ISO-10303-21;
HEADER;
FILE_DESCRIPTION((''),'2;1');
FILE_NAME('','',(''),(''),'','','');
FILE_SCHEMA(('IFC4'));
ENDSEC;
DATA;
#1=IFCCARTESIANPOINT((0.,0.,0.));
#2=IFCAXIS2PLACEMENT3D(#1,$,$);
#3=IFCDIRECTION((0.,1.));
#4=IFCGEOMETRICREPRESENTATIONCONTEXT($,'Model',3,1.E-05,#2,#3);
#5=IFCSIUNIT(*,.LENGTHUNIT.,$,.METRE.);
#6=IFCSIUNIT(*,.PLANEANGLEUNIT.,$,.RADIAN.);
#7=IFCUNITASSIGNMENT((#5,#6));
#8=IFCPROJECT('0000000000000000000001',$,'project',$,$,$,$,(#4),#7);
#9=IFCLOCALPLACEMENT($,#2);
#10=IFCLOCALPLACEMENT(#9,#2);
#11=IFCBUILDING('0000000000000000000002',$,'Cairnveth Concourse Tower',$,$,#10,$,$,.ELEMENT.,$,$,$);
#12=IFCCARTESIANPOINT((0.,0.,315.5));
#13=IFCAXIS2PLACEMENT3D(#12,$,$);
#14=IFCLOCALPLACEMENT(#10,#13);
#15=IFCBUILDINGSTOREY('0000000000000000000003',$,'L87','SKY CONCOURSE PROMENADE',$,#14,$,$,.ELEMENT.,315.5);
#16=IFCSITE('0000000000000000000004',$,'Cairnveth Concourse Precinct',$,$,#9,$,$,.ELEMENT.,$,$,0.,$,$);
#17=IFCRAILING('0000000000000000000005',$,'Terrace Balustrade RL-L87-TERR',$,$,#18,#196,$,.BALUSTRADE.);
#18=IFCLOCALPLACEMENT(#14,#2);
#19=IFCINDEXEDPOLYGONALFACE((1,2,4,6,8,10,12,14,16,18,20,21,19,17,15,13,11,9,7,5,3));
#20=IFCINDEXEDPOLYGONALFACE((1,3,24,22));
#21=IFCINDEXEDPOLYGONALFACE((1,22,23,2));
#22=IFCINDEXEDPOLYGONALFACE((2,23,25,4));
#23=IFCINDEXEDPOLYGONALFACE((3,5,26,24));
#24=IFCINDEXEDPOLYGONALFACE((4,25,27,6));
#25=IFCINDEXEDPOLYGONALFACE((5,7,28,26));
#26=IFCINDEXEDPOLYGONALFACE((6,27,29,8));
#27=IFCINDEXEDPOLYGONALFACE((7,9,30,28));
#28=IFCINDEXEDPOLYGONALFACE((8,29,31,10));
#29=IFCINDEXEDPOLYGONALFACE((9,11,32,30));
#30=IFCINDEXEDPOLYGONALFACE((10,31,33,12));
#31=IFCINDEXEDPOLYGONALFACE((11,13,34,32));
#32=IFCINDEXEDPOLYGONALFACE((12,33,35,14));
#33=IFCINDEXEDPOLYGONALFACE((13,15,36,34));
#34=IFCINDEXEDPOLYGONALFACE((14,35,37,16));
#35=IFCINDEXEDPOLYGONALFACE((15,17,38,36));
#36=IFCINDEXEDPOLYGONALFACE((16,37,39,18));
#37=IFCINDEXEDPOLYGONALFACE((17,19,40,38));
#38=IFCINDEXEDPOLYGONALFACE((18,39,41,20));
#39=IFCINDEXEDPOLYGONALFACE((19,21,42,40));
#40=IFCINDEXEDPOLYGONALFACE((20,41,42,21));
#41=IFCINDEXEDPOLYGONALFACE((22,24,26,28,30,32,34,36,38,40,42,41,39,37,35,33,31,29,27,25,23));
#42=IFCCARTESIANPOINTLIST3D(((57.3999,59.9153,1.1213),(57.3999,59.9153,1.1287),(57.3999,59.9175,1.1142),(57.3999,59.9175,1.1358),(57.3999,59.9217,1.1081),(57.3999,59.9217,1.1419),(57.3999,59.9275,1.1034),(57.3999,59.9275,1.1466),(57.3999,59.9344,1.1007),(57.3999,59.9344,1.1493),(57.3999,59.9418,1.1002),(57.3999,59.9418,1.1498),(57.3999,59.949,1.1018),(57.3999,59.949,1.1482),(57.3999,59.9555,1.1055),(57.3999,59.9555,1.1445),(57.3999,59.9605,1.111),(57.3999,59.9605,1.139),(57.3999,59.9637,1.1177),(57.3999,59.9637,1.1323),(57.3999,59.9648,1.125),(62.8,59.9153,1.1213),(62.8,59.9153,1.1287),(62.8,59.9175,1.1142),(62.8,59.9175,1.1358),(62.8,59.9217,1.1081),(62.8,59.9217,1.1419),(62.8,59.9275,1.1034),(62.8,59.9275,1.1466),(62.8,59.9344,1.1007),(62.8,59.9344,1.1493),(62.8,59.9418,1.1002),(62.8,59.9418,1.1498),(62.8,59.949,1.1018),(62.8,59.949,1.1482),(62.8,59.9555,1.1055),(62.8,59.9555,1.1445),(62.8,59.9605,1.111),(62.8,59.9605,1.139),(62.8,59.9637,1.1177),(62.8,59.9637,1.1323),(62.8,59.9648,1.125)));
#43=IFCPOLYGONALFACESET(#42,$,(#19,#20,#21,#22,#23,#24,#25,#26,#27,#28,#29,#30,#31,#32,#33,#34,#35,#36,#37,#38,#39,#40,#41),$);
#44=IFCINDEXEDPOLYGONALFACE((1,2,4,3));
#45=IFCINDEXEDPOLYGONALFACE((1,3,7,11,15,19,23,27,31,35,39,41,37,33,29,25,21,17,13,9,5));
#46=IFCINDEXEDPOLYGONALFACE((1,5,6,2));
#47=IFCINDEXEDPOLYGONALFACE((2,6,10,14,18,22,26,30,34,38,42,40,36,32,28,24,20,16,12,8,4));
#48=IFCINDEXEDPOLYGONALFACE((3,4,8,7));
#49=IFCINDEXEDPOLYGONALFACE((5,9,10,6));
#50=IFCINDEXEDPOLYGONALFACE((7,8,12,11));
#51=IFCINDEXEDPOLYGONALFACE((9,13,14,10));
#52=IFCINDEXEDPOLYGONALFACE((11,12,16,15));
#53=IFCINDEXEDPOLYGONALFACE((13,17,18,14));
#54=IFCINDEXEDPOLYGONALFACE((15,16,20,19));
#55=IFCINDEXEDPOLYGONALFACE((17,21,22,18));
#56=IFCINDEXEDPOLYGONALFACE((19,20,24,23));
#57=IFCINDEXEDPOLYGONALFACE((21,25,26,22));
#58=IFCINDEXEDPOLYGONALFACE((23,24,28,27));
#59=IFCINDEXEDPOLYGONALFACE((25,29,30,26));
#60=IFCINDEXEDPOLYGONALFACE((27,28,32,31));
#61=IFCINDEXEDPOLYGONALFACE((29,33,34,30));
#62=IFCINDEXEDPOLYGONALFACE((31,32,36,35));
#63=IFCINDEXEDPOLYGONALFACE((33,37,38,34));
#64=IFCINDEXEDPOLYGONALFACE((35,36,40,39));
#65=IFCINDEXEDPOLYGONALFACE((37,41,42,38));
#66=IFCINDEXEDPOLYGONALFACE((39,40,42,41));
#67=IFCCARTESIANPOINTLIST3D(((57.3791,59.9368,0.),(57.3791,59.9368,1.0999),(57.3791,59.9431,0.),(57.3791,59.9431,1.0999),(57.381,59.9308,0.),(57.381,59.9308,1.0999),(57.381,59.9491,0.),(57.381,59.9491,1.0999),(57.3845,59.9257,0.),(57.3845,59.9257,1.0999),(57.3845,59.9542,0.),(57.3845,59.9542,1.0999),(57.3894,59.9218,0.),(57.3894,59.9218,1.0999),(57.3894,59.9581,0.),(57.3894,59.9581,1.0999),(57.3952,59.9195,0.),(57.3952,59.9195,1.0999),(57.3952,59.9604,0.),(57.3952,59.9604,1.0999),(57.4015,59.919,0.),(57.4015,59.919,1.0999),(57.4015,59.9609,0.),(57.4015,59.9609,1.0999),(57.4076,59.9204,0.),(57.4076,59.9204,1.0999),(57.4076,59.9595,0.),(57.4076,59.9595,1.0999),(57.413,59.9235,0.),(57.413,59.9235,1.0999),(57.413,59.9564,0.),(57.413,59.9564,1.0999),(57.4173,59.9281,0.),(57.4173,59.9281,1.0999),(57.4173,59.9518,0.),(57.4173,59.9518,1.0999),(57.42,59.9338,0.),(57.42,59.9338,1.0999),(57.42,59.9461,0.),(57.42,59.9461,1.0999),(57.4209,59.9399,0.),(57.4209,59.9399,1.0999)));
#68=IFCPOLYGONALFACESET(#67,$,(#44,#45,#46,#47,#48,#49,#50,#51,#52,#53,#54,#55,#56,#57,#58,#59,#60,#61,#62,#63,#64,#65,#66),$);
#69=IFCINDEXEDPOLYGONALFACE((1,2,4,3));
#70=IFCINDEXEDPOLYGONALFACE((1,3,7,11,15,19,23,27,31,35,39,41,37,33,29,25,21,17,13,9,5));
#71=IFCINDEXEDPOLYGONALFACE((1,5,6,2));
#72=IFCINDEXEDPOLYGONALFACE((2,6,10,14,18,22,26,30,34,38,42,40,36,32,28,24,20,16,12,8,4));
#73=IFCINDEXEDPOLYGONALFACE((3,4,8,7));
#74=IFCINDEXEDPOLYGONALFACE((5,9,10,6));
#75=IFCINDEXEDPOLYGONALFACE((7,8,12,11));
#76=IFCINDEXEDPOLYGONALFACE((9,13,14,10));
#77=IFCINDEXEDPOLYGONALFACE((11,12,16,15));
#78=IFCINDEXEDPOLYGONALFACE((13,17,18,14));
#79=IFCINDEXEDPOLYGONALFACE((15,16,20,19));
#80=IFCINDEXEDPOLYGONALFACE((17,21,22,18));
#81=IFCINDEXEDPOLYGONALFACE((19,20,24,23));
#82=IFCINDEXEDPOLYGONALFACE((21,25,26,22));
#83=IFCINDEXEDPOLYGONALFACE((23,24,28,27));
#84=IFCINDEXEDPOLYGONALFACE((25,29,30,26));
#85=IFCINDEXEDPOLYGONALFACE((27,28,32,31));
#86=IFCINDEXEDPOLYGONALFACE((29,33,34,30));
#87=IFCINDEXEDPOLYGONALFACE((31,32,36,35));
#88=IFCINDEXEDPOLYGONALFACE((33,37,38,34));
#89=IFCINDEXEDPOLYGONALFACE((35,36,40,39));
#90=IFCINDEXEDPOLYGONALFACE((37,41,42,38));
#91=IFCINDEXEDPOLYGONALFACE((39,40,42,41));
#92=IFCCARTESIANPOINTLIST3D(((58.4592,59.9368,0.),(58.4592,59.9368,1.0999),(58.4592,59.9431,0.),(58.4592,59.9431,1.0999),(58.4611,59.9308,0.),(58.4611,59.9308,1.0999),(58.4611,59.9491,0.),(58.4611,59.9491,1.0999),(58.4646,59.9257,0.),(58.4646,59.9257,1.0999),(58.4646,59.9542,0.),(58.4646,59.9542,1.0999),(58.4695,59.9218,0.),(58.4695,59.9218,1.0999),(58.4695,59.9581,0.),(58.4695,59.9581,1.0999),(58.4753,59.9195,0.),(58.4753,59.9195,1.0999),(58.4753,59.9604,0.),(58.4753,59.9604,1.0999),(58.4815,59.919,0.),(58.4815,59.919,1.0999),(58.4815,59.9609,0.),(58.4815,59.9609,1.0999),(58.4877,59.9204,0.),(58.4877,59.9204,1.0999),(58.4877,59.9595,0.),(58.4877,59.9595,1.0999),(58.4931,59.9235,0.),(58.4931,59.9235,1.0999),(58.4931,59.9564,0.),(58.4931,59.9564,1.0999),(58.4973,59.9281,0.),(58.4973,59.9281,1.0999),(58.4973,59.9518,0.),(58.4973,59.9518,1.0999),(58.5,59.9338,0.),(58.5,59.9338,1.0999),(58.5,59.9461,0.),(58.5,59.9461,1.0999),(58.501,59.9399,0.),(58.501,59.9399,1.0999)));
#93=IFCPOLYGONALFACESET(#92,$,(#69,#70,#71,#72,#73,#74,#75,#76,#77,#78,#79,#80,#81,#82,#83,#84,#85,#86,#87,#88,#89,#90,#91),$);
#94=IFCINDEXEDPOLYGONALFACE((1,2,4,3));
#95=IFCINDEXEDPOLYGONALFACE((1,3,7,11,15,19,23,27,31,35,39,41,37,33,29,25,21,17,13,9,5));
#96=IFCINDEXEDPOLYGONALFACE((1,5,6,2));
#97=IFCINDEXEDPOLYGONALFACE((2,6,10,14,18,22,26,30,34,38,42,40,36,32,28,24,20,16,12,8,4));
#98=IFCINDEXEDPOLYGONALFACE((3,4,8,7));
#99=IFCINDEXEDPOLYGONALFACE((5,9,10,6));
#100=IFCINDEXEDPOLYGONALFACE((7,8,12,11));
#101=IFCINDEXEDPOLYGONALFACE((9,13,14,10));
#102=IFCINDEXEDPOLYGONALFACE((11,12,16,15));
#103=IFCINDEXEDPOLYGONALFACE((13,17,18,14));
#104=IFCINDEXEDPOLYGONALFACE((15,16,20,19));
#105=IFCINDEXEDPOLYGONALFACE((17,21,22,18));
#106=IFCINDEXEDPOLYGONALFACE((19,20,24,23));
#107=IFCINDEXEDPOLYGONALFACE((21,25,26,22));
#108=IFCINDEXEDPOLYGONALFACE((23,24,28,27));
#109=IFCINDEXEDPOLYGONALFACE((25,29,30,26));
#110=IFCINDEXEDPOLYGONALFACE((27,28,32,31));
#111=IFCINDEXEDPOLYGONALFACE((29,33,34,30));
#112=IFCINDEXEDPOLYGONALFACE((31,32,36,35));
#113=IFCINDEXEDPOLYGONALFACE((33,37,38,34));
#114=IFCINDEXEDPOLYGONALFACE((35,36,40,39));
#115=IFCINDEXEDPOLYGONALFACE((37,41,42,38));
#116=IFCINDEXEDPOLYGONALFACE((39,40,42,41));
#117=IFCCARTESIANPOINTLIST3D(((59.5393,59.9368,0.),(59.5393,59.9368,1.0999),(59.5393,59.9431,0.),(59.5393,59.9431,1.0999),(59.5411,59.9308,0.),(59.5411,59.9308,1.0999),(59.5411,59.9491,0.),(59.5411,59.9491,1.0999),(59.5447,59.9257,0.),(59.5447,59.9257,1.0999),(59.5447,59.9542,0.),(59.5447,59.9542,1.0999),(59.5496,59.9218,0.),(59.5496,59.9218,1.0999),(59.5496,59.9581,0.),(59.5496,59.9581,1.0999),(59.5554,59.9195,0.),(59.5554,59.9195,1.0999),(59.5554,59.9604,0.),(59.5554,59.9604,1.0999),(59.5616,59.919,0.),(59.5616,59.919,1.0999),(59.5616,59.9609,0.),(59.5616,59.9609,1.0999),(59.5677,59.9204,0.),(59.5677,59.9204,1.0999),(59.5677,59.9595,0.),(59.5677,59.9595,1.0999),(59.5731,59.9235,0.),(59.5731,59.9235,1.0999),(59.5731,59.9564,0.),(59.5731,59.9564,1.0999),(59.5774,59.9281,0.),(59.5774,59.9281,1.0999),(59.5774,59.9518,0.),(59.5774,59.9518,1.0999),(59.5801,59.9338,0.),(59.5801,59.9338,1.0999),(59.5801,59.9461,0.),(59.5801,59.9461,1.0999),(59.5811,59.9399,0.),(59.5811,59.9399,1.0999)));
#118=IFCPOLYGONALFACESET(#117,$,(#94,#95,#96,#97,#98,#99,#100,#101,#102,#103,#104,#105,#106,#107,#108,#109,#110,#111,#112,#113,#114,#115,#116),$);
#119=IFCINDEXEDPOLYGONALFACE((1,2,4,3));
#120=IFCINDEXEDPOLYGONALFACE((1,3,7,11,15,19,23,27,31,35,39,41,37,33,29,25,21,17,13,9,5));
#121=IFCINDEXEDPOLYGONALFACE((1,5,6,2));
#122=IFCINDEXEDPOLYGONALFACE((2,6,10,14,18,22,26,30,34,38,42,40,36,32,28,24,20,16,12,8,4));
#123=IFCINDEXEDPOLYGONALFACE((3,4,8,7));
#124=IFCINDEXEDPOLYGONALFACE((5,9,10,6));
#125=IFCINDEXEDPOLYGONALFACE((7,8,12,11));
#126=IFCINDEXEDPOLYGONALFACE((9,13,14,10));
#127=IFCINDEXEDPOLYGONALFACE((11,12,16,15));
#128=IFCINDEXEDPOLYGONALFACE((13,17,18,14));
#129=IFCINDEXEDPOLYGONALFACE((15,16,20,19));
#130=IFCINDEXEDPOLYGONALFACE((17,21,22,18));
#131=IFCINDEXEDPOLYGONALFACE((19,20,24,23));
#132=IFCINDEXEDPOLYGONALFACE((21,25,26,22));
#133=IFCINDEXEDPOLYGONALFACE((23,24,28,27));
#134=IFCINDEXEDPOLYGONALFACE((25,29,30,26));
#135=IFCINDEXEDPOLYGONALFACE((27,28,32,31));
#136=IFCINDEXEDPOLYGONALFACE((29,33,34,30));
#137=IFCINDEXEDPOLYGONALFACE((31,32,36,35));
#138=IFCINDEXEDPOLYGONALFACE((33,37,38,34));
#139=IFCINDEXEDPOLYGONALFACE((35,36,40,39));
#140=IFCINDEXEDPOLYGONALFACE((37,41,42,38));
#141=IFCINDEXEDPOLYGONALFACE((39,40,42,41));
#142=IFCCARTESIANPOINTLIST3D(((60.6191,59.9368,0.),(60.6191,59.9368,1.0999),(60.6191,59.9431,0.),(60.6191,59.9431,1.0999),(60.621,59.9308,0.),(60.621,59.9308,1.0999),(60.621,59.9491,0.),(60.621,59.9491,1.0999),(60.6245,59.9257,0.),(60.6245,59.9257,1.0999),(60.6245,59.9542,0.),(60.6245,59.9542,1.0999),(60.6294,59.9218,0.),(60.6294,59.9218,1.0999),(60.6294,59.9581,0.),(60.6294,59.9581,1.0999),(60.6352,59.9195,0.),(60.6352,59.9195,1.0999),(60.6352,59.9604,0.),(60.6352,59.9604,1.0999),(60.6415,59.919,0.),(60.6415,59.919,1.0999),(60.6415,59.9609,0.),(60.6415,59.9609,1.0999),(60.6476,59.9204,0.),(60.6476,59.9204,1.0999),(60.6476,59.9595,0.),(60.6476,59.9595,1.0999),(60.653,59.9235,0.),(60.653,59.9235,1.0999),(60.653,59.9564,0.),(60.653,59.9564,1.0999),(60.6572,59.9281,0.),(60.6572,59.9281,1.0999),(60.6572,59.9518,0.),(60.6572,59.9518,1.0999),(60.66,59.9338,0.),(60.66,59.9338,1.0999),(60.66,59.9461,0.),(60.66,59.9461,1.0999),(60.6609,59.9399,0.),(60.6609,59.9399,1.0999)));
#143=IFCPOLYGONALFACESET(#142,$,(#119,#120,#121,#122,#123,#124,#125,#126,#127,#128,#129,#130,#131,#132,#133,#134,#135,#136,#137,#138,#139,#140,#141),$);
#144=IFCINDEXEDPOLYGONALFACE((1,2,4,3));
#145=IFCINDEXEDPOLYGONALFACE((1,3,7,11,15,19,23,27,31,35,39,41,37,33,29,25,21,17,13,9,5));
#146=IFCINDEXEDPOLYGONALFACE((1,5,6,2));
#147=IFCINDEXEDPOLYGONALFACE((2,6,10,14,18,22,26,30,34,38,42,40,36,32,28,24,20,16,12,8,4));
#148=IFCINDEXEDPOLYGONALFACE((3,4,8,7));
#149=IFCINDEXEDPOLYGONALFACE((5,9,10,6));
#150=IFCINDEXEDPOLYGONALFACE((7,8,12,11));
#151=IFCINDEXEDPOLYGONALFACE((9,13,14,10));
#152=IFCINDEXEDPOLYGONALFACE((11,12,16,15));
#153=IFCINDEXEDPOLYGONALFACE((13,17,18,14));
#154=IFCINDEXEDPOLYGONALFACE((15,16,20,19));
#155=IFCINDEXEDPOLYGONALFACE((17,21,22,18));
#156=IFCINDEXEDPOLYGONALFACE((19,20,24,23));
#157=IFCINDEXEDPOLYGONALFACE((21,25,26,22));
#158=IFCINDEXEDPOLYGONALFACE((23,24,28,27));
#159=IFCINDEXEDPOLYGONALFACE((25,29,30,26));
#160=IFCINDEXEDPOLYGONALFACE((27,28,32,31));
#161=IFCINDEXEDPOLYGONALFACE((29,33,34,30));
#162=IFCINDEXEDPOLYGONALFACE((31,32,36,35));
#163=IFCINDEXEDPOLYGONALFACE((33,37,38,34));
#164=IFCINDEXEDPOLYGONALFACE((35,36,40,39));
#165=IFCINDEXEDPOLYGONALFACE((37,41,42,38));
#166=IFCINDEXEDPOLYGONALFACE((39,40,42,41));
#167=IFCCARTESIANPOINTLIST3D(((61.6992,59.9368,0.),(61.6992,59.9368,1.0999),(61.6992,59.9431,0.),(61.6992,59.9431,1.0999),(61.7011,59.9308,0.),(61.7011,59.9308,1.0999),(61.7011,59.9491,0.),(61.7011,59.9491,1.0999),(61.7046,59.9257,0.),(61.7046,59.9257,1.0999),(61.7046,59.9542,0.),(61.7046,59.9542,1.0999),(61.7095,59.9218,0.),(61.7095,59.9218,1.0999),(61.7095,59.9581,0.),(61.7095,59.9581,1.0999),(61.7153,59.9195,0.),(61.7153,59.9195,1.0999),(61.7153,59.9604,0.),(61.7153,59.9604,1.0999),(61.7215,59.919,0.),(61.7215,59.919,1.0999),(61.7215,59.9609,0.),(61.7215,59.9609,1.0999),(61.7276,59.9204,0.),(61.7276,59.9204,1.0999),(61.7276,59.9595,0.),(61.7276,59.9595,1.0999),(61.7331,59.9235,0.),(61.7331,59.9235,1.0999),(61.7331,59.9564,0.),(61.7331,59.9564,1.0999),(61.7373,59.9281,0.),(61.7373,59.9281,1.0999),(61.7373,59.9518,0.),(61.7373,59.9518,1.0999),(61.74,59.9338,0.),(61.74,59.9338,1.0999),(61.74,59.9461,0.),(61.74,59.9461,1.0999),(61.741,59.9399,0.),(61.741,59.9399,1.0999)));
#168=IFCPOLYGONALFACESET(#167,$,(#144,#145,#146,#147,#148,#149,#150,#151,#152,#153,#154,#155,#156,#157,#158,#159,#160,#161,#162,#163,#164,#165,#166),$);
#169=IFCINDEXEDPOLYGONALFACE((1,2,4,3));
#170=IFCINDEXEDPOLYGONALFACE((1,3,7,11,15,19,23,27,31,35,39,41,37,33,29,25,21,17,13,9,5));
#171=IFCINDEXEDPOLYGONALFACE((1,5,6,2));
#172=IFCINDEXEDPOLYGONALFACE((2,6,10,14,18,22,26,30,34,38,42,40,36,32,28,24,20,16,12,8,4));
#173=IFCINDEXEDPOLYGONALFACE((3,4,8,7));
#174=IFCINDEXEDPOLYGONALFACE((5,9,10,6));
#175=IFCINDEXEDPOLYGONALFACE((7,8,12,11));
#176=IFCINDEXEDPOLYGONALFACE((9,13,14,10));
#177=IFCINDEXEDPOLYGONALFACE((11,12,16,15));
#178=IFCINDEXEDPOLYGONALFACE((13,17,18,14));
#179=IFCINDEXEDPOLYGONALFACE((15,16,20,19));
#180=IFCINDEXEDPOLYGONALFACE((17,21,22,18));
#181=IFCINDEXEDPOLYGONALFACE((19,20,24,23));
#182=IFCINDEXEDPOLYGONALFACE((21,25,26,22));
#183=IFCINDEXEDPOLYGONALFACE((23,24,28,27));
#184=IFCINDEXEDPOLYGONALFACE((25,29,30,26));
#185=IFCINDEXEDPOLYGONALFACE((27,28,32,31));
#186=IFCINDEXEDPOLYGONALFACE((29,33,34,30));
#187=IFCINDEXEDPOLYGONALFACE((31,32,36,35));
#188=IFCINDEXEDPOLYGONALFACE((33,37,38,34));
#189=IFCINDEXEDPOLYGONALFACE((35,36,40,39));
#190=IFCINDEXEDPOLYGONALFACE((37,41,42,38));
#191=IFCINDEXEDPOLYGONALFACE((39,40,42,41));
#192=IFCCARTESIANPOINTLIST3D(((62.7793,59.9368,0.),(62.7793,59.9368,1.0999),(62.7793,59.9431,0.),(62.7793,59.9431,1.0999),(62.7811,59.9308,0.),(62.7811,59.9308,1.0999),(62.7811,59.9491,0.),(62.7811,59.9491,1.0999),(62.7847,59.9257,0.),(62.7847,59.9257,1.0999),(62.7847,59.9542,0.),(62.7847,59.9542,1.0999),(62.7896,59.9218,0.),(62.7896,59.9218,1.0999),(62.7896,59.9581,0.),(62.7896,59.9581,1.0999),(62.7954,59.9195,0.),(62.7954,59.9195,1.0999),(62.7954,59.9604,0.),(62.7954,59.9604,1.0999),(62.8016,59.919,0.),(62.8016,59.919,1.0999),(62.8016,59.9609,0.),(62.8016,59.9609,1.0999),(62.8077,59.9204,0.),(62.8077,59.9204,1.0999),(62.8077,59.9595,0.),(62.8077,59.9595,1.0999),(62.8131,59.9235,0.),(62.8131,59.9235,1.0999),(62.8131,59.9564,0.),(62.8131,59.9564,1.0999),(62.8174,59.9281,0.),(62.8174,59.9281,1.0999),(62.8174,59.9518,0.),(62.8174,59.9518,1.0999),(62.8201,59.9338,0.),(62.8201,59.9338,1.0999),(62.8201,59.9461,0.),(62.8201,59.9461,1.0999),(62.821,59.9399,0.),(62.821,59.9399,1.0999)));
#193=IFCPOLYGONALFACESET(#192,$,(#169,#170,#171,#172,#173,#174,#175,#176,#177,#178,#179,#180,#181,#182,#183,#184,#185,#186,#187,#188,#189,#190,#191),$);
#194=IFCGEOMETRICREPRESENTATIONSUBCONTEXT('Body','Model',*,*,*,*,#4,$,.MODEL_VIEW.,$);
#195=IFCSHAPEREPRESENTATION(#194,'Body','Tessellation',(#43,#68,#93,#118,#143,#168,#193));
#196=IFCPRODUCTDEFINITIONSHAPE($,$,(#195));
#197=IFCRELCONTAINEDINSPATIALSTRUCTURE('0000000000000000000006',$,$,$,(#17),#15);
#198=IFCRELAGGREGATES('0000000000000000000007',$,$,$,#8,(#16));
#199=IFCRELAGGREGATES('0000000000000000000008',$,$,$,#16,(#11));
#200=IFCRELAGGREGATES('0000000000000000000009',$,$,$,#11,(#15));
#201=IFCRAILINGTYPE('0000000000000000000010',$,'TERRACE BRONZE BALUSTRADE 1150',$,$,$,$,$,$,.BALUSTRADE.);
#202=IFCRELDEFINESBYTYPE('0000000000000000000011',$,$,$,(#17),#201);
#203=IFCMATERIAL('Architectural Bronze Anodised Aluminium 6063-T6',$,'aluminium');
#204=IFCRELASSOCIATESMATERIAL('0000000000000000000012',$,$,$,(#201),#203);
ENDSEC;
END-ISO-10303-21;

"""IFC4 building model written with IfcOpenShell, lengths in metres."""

from ifc_helpers import new_model, si_unit, direction, frame, origin, origin_2d, place, context, subcontext, project, spatial, circle, extrude, material, type_object, element, save


model = new_model("IFC4")

# Units and contexts
model_context = context("Model", 3, precision=1e-05, world=origin(), true_north=direction((0.0, 1.0)))
body_context = subcontext(model_context, "Body", "Model", "MODEL_VIEW")
ifc_project = project(units=[si_unit("LENGTHUNIT", "METRE"), si_unit("PLANEANGLEUNIT", "RADIAN")], contexts=[model_context])

# Site, building, storey
site_placement = place(None, origin())
site = spatial("IfcSite", under=ifc_project, at=site_placement, Name="Cairnveth Concourse Precinct", CompositionType="ELEMENT", RefElevation=0.0)
building_placement = place(site_placement, origin())
building = spatial("IfcBuilding", under=site, at=building_placement, Name="Cairnveth Concourse Tower", CompositionType="ELEMENT")
storey_placement = place(building_placement, frame((0.0, 0.0, 315.5)))
storey = spatial("IfcBuildingStorey", under=building, at=storey_placement, Name="L87", Description="SKY CONCOURSE PROMENADE", CompositionType="ELEMENT", Elevation=315.5)

# Shared definitions
ifc_material_1 = material(Name="Architectural Bronze Anodised Aluminium 6063-T6", Category="aluminium")

# Railing
railing_type = type_object("IfcRailingType", Name="TERRACE BRONZE BALUSTRADE 1150", PredefinedType="BALUSTRADE", material=ifc_material_1)
railing_placement = place(storey_placement, frame((57.3999, 59.9399, 0.0)))
element("IfcRailing", 1, at=railing_placement, inside=storey, type_object=railing_type, Name="Terrace Balustrade RL-L87-TERR", PredefinedType="BALUSTRADE", context=body_context, shape_type="SweptSolid", body=[
    extrude(circle(Radius=0.0249, at=origin_2d()), frame((0.0, 0.0, 1.125), z_axis=(1.0, 0.0, 0.0), x_axis=(0.0, 1.0, 0.0)), (0.0, 0.0, 1.0), 5.4001),
    extrude(circle(Radius=0.021, at=origin_2d()), origin(), (0.0, 0.0, 1.0), 1.0999),
    extrude(circle(Radius=0.021, at=origin_2d()), frame((1.0801, 0.0, 0.0)), (0.0, 0.0, 1.0), 1.0999),
    extrude(circle(Radius=0.021, at=origin_2d()), frame((2.1602, 0.0, 0.0)), (0.0, 0.0, 1.0), 1.0999),
    extrude(circle(Radius=0.021, at=origin_2d()), frame((3.24, 0.0, 0.0)), (0.0, 0.0, 1.0), 1.0999),
    extrude(circle(Radius=0.021, at=origin_2d()), frame((4.3201, 0.0, 0.0)), (0.0, 0.0, 1.0), 1.0999),
    extrude(circle(Radius=0.021, at=origin_2d()), frame((5.4001, 0.0, 0.0)), (0.0, 0.0, 1.0), 1.0999),
])

save(model, "model.ifc")
